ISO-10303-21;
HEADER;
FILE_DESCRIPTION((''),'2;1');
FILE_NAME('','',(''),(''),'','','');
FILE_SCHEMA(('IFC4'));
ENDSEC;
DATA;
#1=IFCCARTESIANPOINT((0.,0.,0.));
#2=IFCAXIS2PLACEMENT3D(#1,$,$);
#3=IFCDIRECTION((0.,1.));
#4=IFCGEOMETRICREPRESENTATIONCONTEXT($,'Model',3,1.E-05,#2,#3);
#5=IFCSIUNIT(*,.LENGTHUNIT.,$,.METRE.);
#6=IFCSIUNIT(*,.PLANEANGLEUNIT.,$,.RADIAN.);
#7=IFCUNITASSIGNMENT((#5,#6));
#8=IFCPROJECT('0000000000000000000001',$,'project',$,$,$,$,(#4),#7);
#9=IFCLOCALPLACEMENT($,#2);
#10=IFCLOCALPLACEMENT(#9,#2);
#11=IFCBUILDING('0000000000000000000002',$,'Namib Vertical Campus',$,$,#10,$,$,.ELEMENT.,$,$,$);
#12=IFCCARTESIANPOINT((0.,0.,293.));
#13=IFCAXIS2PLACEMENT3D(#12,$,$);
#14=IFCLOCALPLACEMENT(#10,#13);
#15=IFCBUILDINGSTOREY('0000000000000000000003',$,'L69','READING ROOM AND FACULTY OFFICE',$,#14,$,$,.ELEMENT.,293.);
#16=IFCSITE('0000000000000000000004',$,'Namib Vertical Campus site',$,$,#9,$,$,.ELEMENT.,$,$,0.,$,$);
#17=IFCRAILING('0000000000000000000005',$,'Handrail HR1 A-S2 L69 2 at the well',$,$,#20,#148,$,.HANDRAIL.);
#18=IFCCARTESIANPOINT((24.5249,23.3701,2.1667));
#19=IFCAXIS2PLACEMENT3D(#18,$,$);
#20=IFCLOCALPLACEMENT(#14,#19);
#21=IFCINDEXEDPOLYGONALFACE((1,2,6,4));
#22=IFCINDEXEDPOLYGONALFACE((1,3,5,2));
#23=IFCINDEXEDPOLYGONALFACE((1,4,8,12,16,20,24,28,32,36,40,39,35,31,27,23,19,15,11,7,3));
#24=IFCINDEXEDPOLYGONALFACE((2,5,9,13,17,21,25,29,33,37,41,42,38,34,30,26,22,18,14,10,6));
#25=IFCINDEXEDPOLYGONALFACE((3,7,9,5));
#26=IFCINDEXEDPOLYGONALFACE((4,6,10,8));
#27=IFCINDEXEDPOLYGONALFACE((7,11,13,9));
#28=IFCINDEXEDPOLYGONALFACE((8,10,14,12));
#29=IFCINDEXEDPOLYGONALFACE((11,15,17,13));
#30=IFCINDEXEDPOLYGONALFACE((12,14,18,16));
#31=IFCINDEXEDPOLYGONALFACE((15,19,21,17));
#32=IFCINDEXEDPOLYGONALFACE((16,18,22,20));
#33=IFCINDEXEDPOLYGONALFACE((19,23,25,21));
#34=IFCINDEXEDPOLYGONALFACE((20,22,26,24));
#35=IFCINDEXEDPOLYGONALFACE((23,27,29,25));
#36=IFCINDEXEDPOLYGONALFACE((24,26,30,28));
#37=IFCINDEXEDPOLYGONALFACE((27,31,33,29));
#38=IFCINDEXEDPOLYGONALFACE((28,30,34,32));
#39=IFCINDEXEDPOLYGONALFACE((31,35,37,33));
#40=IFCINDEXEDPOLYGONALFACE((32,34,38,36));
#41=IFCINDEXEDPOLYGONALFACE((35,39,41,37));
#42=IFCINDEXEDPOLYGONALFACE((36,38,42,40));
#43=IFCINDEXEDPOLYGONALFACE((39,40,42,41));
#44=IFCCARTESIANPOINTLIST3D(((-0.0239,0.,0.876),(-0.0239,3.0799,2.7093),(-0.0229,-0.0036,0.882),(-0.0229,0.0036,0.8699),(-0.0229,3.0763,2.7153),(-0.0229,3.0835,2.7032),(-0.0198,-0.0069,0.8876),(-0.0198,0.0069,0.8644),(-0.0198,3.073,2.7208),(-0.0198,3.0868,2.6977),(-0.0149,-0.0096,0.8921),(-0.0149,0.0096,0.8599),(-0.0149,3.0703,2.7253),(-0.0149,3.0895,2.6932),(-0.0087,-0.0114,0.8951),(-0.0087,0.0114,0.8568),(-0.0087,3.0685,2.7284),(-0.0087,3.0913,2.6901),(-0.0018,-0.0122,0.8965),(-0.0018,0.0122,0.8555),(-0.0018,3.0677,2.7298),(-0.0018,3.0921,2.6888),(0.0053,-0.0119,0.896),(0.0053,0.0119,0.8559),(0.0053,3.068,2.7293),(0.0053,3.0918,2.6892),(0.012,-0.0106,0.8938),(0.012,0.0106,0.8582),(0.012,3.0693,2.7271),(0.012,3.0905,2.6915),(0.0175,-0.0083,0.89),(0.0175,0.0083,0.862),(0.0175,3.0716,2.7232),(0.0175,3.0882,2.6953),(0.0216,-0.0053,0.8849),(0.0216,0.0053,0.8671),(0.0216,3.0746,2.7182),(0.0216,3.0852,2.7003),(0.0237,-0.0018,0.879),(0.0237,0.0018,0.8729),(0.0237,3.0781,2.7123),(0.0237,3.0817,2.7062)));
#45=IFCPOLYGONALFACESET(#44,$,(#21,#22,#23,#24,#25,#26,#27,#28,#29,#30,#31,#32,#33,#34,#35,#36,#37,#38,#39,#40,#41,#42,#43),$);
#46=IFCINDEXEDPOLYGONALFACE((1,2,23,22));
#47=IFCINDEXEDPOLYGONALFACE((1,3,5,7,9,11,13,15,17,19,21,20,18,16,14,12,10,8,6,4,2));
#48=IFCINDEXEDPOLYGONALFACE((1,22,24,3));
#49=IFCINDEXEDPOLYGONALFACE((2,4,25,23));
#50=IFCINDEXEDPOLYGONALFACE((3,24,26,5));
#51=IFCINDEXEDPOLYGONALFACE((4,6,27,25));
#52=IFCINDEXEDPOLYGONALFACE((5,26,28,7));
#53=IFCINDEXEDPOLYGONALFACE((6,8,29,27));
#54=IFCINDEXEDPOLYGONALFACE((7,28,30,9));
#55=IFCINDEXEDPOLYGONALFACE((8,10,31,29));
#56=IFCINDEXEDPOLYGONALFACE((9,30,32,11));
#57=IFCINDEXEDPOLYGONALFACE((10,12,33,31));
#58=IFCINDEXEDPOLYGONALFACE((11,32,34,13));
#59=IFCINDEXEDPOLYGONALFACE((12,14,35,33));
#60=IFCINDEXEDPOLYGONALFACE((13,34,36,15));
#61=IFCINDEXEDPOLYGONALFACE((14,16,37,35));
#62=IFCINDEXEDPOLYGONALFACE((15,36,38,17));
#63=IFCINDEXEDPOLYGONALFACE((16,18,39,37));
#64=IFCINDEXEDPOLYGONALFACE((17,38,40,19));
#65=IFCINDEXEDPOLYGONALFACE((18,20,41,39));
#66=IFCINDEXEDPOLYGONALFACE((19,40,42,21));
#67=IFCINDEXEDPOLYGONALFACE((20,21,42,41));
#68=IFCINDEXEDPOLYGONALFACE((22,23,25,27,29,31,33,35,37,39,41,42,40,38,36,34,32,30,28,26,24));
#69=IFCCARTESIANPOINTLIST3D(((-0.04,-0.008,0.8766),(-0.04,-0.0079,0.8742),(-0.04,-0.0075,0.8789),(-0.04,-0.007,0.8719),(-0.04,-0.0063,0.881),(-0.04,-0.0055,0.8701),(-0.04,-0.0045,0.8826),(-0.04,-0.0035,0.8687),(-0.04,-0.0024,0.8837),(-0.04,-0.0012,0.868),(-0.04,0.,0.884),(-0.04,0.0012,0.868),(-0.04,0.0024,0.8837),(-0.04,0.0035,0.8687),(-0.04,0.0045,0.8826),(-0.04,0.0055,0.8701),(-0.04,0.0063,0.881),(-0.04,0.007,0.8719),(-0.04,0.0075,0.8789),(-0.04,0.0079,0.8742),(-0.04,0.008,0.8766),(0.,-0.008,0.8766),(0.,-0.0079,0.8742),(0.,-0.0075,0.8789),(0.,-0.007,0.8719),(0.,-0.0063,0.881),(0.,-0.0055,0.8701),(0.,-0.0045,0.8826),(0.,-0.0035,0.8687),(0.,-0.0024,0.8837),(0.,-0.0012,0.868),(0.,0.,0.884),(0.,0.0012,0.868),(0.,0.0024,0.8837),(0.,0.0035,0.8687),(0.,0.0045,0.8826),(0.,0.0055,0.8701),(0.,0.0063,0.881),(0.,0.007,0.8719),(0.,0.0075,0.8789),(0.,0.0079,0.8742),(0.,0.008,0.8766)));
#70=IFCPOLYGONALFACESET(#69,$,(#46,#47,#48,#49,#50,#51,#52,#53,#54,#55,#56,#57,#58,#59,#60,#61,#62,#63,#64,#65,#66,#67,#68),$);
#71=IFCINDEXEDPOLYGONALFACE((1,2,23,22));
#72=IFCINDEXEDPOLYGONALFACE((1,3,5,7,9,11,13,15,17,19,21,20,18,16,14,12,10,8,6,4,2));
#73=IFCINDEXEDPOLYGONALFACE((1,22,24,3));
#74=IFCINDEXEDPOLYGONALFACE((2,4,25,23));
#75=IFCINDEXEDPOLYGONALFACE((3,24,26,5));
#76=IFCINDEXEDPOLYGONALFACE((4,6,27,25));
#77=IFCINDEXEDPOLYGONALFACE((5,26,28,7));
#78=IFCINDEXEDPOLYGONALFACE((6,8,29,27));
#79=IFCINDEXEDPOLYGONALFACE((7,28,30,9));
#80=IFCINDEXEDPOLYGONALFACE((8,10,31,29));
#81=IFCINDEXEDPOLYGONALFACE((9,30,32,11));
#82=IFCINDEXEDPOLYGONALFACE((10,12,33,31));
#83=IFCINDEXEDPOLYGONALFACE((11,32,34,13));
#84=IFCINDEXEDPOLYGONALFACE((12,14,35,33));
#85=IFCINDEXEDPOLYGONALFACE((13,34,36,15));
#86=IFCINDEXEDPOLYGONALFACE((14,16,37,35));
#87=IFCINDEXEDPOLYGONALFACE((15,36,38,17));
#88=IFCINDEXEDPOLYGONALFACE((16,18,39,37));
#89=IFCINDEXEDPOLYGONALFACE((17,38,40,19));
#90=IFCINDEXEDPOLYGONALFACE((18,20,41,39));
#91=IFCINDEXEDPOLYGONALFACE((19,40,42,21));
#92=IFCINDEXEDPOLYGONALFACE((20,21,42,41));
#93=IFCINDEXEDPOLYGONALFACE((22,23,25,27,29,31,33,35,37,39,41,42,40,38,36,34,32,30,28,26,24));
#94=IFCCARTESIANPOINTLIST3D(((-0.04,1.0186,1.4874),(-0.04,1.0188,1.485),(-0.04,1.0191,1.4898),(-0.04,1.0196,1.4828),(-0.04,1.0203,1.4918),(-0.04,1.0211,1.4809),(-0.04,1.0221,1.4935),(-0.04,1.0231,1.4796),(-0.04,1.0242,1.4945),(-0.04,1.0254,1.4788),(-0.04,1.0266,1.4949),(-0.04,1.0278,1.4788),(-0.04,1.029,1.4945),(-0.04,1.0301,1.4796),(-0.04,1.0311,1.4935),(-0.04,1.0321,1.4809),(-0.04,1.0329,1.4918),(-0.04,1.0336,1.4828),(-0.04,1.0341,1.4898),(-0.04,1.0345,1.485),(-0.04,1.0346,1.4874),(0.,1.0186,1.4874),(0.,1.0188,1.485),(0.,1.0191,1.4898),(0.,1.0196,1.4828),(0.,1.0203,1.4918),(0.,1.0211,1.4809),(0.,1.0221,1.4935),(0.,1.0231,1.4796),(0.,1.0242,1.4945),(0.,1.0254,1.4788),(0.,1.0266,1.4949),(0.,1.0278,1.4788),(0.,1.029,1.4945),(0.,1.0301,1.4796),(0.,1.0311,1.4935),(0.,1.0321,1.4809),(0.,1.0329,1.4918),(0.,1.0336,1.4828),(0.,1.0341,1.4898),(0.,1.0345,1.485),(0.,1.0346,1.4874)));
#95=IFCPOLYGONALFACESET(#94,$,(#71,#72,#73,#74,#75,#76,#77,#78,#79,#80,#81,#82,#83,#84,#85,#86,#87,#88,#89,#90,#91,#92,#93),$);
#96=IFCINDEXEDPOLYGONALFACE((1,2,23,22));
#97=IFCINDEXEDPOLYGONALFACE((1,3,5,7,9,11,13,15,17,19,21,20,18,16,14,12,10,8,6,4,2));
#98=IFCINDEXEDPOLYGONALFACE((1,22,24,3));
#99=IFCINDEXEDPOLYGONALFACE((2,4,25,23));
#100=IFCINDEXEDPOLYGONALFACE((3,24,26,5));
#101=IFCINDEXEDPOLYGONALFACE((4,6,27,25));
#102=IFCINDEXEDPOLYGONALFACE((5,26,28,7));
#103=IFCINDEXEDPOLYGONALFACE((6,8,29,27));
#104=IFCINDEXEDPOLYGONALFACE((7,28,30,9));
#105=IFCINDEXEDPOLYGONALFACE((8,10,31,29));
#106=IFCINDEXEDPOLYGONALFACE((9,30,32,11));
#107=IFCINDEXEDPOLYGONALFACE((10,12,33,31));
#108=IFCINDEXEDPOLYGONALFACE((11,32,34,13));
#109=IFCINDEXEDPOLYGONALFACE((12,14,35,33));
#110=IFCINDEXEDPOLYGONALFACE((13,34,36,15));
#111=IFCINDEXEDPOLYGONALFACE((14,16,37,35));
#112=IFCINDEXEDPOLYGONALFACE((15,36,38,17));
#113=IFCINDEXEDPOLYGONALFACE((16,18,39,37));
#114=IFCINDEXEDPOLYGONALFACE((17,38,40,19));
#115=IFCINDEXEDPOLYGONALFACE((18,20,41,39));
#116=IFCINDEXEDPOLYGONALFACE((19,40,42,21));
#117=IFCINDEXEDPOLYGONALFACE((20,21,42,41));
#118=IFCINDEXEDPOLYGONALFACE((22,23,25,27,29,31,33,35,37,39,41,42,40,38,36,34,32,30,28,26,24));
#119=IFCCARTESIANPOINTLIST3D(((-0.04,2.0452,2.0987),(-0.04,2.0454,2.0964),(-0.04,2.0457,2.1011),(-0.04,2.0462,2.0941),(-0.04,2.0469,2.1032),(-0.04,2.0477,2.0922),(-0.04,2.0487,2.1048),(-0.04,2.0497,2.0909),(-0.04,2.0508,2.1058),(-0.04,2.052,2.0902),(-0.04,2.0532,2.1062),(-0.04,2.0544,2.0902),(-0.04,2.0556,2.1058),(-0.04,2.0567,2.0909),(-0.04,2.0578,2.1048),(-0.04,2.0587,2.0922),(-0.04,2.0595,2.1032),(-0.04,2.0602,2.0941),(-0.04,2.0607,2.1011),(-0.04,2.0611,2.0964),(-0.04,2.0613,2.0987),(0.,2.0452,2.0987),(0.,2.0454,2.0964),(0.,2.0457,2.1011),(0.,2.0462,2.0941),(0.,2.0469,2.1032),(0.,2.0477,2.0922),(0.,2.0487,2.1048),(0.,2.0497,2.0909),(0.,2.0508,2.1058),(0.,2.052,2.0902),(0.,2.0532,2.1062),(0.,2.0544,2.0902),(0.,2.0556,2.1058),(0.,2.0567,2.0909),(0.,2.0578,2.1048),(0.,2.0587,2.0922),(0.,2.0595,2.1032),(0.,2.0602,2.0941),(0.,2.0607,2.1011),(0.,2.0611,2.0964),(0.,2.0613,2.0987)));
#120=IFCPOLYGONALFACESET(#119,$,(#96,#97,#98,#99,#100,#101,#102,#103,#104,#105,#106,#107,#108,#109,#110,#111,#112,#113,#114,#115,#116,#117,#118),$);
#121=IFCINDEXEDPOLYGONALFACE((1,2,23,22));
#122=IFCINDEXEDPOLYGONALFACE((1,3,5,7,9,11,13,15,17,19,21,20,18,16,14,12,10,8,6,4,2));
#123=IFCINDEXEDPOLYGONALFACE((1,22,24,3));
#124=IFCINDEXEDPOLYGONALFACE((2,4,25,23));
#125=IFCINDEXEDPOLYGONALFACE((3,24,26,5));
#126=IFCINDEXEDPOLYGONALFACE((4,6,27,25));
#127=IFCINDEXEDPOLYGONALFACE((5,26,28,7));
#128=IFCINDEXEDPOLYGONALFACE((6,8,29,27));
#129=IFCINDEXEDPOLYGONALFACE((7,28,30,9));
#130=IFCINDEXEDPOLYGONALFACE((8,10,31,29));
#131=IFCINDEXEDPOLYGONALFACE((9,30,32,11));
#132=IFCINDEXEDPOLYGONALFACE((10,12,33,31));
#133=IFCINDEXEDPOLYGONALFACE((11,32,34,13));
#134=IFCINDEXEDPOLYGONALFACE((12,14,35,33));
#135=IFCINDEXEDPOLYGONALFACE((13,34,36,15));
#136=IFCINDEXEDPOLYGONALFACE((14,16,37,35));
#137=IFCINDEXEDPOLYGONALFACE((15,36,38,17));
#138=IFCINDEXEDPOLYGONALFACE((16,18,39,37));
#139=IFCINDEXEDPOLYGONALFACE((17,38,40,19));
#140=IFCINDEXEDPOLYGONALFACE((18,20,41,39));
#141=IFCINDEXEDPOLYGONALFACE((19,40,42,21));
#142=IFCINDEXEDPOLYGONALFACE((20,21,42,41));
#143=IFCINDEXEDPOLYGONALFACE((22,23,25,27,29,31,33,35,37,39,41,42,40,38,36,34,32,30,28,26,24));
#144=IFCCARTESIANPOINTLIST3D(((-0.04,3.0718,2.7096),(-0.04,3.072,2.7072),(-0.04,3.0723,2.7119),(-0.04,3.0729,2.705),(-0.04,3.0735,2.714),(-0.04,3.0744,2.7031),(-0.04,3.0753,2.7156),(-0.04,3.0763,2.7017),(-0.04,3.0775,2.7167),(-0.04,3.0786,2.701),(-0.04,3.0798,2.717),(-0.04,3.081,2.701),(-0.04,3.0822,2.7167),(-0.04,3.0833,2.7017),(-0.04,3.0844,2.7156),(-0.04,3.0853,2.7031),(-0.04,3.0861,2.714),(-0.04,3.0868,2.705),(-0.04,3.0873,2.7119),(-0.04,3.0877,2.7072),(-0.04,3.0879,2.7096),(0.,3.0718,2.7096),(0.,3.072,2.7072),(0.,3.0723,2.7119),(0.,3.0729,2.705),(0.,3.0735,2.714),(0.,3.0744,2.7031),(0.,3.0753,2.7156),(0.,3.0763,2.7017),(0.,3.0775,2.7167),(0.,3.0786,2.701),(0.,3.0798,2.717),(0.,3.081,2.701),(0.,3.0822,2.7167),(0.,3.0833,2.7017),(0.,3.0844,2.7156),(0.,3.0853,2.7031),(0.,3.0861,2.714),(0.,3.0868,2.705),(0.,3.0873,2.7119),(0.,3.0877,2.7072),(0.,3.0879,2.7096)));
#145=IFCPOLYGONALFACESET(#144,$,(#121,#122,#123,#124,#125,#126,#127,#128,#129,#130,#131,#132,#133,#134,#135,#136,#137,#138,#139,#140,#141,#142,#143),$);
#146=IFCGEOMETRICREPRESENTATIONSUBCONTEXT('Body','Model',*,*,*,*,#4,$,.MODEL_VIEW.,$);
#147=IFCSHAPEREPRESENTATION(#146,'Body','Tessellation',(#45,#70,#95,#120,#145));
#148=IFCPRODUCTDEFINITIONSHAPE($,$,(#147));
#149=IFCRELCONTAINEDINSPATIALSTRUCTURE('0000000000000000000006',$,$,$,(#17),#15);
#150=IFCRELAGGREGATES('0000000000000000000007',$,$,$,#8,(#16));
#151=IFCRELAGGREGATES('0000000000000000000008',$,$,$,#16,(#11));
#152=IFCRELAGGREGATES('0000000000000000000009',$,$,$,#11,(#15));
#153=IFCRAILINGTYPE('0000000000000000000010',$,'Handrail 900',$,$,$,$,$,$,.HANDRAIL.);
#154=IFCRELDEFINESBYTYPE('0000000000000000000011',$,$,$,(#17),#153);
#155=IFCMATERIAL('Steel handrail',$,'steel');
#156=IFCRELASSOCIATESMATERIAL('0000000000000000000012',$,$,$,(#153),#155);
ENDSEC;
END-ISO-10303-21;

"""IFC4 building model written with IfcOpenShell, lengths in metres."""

from ifc_helpers import new_model, si_unit, direction, frame, origin, origin_2d, place, context, subcontext, project, spatial, circle, extrude, material, type_object, element, save


model = new_model("IFC4")

# Units and contexts
model_context = context("Model", 3, precision=1e-05, world=origin(), true_north=direction((0.0, 1.0)))
body_context = subcontext(model_context, "Body", "Model", "MODEL_VIEW")
ifc_project = project(units=[si_unit("LENGTHUNIT", "METRE"), si_unit("PLANEANGLEUNIT", "RADIAN")], contexts=[model_context])

# Site, building, storey
site_placement = place(None, origin())
site = spatial("IfcSite", under=ifc_project, at=site_placement, Name="Namib Vertical Campus site", CompositionType="ELEMENT", RefElevation=0.0)
building_placement = place(site_placement, origin())
building = spatial("IfcBuilding", under=site, at=building_placement, Name="Namib Vertical Campus", CompositionType="ELEMENT")
storey_placement = place(building_placement, frame((0.0, 0.0, 293.0)))
storey = spatial("IfcBuildingStorey", under=building, at=storey_placement, Name="L69", Description="READING ROOM AND FACULTY OFFICE", CompositionType="ELEMENT", Elevation=293.0)

# Railing
ifc_material_1 = material(Name="Steel handrail", Category="steel")
railing_type_1 = type_object("IfcRailingType", Name="Handrail 900", PredefinedType="HANDRAIL", material=ifc_material_1)
railing_1_placement = place(storey_placement, frame((24.5249, 23.3701, 2.1667)))
element("IfcRailing", 1, at=railing_1_placement, inside=storey, type_object=railing_type_1, Name="Handrail HR1 A-S2 L69 2 at the well", PredefinedType="HANDRAIL", context=body_context, shape_type="SweptSolid", body=[
    extrude(circle(Radius=0.0239, at=origin_2d()), frame((0.0, 0.0, 0.876), z_axis=(0.0, 0.859291, 0.511487), x_axis=(-1.0, 0.0, 0.0)), (0.0, 0.0, 1.0), 3.5842),
    extrude(circle(Radius=0.0081, at=origin_2d()), frame((0.0, 0.0, 0.876), z_axis=(-1.0, 0.0, 0.0), x_axis=(0.0, 0.0, 1.0)), (0.0, 0.0, 1.0), 0.04),
    extrude(circle(Radius=0.0081, at=origin_2d()), frame((0.0, 1.0266, 1.4868), z_axis=(-1.0, 0.0, 0.0), x_axis=(0.0, 0.0, 1.0)), (0.0, 0.0, 1.0), 0.04),
    extrude(circle(Radius=0.0081, at=origin_2d()), frame((0.0, 2.0532, 2.0981), z_axis=(-1.0, 0.0, 0.0), x_axis=(0.0, 0.0, 1.0)), (0.0, 0.0, 1.0), 0.04),
    extrude(circle(Radius=0.0081, at=origin_2d()), frame((0.0, 3.0798, 2.709), z_axis=(-1.0, 0.0, 0.0), x_axis=(0.0, 0.0, 1.0)), (0.0, 0.0, 1.0), 0.04),
])

save(model, "model.ifc")
